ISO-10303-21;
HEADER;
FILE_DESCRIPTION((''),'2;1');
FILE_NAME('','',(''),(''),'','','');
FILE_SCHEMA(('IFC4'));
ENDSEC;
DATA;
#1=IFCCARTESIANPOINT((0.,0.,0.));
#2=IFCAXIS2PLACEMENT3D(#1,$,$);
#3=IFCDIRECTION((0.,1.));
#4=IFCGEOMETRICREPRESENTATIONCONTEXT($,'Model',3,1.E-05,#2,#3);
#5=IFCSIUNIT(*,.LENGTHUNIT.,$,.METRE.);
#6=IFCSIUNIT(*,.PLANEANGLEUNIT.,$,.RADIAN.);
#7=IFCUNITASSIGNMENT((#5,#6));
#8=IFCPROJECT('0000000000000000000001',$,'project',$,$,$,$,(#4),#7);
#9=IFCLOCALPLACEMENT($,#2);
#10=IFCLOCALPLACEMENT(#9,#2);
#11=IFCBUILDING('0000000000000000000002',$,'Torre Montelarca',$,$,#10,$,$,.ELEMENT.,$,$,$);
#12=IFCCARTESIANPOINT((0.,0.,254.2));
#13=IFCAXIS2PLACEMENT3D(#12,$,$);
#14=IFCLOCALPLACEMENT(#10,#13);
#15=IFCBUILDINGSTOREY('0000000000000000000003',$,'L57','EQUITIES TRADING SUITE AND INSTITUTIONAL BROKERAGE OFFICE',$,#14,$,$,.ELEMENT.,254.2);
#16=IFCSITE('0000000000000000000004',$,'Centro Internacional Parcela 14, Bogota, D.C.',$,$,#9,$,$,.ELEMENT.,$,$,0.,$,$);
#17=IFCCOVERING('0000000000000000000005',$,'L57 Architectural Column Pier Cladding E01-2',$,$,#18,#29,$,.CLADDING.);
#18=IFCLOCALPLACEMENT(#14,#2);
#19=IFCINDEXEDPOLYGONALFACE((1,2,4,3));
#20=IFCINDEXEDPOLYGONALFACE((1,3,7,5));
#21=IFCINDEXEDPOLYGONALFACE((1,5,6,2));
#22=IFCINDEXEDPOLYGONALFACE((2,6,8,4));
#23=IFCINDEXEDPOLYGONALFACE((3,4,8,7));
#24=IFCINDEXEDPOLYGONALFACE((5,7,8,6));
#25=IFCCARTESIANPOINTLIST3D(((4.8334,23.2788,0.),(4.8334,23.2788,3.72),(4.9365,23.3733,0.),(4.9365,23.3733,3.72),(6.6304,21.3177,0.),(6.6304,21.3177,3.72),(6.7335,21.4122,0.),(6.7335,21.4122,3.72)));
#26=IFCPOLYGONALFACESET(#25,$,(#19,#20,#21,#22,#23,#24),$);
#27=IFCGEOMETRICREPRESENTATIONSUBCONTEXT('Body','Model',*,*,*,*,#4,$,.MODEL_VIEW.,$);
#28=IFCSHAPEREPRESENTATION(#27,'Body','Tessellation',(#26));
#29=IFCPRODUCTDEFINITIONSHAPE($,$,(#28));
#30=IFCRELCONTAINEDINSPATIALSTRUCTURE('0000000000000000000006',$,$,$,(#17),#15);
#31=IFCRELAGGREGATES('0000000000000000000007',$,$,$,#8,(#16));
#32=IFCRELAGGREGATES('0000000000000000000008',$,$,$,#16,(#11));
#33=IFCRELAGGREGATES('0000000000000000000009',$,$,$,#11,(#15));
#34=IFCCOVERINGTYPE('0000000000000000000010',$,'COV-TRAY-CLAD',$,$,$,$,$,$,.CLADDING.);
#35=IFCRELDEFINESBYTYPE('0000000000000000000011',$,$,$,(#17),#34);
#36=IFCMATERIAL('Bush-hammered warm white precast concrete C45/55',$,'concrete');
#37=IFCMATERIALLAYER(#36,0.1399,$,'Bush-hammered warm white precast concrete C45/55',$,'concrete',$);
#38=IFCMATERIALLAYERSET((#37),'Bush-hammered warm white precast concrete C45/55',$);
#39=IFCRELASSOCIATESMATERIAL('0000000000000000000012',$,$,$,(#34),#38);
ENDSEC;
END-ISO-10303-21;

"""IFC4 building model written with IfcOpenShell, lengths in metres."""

from ifc_helpers import new_model, si_unit, direction, frame, origin, origin_2d, place, context, subcontext, project, spatial, rectangle, extrude, source, transform, mapped, material, layer, layer_set, type_object, element, save


model = new_model("IFC4")

# Units and contexts
model_context = context("Model", 3, precision=1e-05, world=origin(), true_north=direction((0.0, 1.0)))
body_context = subcontext(model_context, "Body", "Model", "MODEL_VIEW")
ifc_project = project(units=[si_unit("LENGTHUNIT", "METRE"), si_unit("PLANEANGLEUNIT", "RADIAN")], contexts=[model_context])

# Site, building, storey
site_placement = place(None, origin())
site = spatial("IfcSite", under=ifc_project, at=site_placement, Name="Centro Internacional Parcela 14, Bogota, D.C.", CompositionType="ELEMENT", RefElevation=0.0)
building_placement = place(site_placement, origin())
building = spatial("IfcBuilding", under=site, at=building_placement, Name="Torre Montelarca", CompositionType="ELEMENT")
storey_placement = place(building_placement, frame((0.0, 0.0, 254.2)))
storey = spatial("IfcBuildingStorey", under=building, at=storey_placement, Name="L57", Description="EQUITIES TRADING SUITE AND INSTITUTIONAL BROKERAGE OFFICE", CompositionType="ELEMENT", Elevation=254.2)

# Covering
ifc_material_1 = material(Name="Bush-hammered warm white precast concrete C45/55", Category="concrete")
ifc_layer_1 = layer(ifc_material_1, 0.1399, Name="Bush-hammered warm white precast concrete C45/55", Category="concrete")
ifc_layer_set_1 = layer_set([ifc_layer_1], Name="Bush-hammered warm white precast concrete C45/55")
covering_type = type_object("IfcCoveringType", Name="COV-TRAY-CLAD", PredefinedType="CLADDING", material=ifc_layer_set_1)
shared_shape_1 = source(origin(), body_context, "Body", "SweptSolid", [
    extrude(rectangle(XDim=2.6599, YDim=0.1399, at=origin_2d()), origin(), (0.0, 0.0, 1.0), 3.72),
])
covering_1_placement = place(storey_placement, frame((5.7834, 22.3455, 0.0), z_axis=(0.0, 0.0, 1.0), x_axis=(0.67559, -0.737277, 0.0)))
element("IfcCovering", 1, at=covering_1_placement, inside=storey, type_object=covering_type, Name="L57 Architectural Column Pier Cladding E01-2", PredefinedType="CLADDING", context=body_context, shape_type="MappedRepresentation", body=[
    mapped(shared_shape_1, transform((0.0, 0.0, 0.0), scale=1.0)),
])

save(model, "model.ifc")
